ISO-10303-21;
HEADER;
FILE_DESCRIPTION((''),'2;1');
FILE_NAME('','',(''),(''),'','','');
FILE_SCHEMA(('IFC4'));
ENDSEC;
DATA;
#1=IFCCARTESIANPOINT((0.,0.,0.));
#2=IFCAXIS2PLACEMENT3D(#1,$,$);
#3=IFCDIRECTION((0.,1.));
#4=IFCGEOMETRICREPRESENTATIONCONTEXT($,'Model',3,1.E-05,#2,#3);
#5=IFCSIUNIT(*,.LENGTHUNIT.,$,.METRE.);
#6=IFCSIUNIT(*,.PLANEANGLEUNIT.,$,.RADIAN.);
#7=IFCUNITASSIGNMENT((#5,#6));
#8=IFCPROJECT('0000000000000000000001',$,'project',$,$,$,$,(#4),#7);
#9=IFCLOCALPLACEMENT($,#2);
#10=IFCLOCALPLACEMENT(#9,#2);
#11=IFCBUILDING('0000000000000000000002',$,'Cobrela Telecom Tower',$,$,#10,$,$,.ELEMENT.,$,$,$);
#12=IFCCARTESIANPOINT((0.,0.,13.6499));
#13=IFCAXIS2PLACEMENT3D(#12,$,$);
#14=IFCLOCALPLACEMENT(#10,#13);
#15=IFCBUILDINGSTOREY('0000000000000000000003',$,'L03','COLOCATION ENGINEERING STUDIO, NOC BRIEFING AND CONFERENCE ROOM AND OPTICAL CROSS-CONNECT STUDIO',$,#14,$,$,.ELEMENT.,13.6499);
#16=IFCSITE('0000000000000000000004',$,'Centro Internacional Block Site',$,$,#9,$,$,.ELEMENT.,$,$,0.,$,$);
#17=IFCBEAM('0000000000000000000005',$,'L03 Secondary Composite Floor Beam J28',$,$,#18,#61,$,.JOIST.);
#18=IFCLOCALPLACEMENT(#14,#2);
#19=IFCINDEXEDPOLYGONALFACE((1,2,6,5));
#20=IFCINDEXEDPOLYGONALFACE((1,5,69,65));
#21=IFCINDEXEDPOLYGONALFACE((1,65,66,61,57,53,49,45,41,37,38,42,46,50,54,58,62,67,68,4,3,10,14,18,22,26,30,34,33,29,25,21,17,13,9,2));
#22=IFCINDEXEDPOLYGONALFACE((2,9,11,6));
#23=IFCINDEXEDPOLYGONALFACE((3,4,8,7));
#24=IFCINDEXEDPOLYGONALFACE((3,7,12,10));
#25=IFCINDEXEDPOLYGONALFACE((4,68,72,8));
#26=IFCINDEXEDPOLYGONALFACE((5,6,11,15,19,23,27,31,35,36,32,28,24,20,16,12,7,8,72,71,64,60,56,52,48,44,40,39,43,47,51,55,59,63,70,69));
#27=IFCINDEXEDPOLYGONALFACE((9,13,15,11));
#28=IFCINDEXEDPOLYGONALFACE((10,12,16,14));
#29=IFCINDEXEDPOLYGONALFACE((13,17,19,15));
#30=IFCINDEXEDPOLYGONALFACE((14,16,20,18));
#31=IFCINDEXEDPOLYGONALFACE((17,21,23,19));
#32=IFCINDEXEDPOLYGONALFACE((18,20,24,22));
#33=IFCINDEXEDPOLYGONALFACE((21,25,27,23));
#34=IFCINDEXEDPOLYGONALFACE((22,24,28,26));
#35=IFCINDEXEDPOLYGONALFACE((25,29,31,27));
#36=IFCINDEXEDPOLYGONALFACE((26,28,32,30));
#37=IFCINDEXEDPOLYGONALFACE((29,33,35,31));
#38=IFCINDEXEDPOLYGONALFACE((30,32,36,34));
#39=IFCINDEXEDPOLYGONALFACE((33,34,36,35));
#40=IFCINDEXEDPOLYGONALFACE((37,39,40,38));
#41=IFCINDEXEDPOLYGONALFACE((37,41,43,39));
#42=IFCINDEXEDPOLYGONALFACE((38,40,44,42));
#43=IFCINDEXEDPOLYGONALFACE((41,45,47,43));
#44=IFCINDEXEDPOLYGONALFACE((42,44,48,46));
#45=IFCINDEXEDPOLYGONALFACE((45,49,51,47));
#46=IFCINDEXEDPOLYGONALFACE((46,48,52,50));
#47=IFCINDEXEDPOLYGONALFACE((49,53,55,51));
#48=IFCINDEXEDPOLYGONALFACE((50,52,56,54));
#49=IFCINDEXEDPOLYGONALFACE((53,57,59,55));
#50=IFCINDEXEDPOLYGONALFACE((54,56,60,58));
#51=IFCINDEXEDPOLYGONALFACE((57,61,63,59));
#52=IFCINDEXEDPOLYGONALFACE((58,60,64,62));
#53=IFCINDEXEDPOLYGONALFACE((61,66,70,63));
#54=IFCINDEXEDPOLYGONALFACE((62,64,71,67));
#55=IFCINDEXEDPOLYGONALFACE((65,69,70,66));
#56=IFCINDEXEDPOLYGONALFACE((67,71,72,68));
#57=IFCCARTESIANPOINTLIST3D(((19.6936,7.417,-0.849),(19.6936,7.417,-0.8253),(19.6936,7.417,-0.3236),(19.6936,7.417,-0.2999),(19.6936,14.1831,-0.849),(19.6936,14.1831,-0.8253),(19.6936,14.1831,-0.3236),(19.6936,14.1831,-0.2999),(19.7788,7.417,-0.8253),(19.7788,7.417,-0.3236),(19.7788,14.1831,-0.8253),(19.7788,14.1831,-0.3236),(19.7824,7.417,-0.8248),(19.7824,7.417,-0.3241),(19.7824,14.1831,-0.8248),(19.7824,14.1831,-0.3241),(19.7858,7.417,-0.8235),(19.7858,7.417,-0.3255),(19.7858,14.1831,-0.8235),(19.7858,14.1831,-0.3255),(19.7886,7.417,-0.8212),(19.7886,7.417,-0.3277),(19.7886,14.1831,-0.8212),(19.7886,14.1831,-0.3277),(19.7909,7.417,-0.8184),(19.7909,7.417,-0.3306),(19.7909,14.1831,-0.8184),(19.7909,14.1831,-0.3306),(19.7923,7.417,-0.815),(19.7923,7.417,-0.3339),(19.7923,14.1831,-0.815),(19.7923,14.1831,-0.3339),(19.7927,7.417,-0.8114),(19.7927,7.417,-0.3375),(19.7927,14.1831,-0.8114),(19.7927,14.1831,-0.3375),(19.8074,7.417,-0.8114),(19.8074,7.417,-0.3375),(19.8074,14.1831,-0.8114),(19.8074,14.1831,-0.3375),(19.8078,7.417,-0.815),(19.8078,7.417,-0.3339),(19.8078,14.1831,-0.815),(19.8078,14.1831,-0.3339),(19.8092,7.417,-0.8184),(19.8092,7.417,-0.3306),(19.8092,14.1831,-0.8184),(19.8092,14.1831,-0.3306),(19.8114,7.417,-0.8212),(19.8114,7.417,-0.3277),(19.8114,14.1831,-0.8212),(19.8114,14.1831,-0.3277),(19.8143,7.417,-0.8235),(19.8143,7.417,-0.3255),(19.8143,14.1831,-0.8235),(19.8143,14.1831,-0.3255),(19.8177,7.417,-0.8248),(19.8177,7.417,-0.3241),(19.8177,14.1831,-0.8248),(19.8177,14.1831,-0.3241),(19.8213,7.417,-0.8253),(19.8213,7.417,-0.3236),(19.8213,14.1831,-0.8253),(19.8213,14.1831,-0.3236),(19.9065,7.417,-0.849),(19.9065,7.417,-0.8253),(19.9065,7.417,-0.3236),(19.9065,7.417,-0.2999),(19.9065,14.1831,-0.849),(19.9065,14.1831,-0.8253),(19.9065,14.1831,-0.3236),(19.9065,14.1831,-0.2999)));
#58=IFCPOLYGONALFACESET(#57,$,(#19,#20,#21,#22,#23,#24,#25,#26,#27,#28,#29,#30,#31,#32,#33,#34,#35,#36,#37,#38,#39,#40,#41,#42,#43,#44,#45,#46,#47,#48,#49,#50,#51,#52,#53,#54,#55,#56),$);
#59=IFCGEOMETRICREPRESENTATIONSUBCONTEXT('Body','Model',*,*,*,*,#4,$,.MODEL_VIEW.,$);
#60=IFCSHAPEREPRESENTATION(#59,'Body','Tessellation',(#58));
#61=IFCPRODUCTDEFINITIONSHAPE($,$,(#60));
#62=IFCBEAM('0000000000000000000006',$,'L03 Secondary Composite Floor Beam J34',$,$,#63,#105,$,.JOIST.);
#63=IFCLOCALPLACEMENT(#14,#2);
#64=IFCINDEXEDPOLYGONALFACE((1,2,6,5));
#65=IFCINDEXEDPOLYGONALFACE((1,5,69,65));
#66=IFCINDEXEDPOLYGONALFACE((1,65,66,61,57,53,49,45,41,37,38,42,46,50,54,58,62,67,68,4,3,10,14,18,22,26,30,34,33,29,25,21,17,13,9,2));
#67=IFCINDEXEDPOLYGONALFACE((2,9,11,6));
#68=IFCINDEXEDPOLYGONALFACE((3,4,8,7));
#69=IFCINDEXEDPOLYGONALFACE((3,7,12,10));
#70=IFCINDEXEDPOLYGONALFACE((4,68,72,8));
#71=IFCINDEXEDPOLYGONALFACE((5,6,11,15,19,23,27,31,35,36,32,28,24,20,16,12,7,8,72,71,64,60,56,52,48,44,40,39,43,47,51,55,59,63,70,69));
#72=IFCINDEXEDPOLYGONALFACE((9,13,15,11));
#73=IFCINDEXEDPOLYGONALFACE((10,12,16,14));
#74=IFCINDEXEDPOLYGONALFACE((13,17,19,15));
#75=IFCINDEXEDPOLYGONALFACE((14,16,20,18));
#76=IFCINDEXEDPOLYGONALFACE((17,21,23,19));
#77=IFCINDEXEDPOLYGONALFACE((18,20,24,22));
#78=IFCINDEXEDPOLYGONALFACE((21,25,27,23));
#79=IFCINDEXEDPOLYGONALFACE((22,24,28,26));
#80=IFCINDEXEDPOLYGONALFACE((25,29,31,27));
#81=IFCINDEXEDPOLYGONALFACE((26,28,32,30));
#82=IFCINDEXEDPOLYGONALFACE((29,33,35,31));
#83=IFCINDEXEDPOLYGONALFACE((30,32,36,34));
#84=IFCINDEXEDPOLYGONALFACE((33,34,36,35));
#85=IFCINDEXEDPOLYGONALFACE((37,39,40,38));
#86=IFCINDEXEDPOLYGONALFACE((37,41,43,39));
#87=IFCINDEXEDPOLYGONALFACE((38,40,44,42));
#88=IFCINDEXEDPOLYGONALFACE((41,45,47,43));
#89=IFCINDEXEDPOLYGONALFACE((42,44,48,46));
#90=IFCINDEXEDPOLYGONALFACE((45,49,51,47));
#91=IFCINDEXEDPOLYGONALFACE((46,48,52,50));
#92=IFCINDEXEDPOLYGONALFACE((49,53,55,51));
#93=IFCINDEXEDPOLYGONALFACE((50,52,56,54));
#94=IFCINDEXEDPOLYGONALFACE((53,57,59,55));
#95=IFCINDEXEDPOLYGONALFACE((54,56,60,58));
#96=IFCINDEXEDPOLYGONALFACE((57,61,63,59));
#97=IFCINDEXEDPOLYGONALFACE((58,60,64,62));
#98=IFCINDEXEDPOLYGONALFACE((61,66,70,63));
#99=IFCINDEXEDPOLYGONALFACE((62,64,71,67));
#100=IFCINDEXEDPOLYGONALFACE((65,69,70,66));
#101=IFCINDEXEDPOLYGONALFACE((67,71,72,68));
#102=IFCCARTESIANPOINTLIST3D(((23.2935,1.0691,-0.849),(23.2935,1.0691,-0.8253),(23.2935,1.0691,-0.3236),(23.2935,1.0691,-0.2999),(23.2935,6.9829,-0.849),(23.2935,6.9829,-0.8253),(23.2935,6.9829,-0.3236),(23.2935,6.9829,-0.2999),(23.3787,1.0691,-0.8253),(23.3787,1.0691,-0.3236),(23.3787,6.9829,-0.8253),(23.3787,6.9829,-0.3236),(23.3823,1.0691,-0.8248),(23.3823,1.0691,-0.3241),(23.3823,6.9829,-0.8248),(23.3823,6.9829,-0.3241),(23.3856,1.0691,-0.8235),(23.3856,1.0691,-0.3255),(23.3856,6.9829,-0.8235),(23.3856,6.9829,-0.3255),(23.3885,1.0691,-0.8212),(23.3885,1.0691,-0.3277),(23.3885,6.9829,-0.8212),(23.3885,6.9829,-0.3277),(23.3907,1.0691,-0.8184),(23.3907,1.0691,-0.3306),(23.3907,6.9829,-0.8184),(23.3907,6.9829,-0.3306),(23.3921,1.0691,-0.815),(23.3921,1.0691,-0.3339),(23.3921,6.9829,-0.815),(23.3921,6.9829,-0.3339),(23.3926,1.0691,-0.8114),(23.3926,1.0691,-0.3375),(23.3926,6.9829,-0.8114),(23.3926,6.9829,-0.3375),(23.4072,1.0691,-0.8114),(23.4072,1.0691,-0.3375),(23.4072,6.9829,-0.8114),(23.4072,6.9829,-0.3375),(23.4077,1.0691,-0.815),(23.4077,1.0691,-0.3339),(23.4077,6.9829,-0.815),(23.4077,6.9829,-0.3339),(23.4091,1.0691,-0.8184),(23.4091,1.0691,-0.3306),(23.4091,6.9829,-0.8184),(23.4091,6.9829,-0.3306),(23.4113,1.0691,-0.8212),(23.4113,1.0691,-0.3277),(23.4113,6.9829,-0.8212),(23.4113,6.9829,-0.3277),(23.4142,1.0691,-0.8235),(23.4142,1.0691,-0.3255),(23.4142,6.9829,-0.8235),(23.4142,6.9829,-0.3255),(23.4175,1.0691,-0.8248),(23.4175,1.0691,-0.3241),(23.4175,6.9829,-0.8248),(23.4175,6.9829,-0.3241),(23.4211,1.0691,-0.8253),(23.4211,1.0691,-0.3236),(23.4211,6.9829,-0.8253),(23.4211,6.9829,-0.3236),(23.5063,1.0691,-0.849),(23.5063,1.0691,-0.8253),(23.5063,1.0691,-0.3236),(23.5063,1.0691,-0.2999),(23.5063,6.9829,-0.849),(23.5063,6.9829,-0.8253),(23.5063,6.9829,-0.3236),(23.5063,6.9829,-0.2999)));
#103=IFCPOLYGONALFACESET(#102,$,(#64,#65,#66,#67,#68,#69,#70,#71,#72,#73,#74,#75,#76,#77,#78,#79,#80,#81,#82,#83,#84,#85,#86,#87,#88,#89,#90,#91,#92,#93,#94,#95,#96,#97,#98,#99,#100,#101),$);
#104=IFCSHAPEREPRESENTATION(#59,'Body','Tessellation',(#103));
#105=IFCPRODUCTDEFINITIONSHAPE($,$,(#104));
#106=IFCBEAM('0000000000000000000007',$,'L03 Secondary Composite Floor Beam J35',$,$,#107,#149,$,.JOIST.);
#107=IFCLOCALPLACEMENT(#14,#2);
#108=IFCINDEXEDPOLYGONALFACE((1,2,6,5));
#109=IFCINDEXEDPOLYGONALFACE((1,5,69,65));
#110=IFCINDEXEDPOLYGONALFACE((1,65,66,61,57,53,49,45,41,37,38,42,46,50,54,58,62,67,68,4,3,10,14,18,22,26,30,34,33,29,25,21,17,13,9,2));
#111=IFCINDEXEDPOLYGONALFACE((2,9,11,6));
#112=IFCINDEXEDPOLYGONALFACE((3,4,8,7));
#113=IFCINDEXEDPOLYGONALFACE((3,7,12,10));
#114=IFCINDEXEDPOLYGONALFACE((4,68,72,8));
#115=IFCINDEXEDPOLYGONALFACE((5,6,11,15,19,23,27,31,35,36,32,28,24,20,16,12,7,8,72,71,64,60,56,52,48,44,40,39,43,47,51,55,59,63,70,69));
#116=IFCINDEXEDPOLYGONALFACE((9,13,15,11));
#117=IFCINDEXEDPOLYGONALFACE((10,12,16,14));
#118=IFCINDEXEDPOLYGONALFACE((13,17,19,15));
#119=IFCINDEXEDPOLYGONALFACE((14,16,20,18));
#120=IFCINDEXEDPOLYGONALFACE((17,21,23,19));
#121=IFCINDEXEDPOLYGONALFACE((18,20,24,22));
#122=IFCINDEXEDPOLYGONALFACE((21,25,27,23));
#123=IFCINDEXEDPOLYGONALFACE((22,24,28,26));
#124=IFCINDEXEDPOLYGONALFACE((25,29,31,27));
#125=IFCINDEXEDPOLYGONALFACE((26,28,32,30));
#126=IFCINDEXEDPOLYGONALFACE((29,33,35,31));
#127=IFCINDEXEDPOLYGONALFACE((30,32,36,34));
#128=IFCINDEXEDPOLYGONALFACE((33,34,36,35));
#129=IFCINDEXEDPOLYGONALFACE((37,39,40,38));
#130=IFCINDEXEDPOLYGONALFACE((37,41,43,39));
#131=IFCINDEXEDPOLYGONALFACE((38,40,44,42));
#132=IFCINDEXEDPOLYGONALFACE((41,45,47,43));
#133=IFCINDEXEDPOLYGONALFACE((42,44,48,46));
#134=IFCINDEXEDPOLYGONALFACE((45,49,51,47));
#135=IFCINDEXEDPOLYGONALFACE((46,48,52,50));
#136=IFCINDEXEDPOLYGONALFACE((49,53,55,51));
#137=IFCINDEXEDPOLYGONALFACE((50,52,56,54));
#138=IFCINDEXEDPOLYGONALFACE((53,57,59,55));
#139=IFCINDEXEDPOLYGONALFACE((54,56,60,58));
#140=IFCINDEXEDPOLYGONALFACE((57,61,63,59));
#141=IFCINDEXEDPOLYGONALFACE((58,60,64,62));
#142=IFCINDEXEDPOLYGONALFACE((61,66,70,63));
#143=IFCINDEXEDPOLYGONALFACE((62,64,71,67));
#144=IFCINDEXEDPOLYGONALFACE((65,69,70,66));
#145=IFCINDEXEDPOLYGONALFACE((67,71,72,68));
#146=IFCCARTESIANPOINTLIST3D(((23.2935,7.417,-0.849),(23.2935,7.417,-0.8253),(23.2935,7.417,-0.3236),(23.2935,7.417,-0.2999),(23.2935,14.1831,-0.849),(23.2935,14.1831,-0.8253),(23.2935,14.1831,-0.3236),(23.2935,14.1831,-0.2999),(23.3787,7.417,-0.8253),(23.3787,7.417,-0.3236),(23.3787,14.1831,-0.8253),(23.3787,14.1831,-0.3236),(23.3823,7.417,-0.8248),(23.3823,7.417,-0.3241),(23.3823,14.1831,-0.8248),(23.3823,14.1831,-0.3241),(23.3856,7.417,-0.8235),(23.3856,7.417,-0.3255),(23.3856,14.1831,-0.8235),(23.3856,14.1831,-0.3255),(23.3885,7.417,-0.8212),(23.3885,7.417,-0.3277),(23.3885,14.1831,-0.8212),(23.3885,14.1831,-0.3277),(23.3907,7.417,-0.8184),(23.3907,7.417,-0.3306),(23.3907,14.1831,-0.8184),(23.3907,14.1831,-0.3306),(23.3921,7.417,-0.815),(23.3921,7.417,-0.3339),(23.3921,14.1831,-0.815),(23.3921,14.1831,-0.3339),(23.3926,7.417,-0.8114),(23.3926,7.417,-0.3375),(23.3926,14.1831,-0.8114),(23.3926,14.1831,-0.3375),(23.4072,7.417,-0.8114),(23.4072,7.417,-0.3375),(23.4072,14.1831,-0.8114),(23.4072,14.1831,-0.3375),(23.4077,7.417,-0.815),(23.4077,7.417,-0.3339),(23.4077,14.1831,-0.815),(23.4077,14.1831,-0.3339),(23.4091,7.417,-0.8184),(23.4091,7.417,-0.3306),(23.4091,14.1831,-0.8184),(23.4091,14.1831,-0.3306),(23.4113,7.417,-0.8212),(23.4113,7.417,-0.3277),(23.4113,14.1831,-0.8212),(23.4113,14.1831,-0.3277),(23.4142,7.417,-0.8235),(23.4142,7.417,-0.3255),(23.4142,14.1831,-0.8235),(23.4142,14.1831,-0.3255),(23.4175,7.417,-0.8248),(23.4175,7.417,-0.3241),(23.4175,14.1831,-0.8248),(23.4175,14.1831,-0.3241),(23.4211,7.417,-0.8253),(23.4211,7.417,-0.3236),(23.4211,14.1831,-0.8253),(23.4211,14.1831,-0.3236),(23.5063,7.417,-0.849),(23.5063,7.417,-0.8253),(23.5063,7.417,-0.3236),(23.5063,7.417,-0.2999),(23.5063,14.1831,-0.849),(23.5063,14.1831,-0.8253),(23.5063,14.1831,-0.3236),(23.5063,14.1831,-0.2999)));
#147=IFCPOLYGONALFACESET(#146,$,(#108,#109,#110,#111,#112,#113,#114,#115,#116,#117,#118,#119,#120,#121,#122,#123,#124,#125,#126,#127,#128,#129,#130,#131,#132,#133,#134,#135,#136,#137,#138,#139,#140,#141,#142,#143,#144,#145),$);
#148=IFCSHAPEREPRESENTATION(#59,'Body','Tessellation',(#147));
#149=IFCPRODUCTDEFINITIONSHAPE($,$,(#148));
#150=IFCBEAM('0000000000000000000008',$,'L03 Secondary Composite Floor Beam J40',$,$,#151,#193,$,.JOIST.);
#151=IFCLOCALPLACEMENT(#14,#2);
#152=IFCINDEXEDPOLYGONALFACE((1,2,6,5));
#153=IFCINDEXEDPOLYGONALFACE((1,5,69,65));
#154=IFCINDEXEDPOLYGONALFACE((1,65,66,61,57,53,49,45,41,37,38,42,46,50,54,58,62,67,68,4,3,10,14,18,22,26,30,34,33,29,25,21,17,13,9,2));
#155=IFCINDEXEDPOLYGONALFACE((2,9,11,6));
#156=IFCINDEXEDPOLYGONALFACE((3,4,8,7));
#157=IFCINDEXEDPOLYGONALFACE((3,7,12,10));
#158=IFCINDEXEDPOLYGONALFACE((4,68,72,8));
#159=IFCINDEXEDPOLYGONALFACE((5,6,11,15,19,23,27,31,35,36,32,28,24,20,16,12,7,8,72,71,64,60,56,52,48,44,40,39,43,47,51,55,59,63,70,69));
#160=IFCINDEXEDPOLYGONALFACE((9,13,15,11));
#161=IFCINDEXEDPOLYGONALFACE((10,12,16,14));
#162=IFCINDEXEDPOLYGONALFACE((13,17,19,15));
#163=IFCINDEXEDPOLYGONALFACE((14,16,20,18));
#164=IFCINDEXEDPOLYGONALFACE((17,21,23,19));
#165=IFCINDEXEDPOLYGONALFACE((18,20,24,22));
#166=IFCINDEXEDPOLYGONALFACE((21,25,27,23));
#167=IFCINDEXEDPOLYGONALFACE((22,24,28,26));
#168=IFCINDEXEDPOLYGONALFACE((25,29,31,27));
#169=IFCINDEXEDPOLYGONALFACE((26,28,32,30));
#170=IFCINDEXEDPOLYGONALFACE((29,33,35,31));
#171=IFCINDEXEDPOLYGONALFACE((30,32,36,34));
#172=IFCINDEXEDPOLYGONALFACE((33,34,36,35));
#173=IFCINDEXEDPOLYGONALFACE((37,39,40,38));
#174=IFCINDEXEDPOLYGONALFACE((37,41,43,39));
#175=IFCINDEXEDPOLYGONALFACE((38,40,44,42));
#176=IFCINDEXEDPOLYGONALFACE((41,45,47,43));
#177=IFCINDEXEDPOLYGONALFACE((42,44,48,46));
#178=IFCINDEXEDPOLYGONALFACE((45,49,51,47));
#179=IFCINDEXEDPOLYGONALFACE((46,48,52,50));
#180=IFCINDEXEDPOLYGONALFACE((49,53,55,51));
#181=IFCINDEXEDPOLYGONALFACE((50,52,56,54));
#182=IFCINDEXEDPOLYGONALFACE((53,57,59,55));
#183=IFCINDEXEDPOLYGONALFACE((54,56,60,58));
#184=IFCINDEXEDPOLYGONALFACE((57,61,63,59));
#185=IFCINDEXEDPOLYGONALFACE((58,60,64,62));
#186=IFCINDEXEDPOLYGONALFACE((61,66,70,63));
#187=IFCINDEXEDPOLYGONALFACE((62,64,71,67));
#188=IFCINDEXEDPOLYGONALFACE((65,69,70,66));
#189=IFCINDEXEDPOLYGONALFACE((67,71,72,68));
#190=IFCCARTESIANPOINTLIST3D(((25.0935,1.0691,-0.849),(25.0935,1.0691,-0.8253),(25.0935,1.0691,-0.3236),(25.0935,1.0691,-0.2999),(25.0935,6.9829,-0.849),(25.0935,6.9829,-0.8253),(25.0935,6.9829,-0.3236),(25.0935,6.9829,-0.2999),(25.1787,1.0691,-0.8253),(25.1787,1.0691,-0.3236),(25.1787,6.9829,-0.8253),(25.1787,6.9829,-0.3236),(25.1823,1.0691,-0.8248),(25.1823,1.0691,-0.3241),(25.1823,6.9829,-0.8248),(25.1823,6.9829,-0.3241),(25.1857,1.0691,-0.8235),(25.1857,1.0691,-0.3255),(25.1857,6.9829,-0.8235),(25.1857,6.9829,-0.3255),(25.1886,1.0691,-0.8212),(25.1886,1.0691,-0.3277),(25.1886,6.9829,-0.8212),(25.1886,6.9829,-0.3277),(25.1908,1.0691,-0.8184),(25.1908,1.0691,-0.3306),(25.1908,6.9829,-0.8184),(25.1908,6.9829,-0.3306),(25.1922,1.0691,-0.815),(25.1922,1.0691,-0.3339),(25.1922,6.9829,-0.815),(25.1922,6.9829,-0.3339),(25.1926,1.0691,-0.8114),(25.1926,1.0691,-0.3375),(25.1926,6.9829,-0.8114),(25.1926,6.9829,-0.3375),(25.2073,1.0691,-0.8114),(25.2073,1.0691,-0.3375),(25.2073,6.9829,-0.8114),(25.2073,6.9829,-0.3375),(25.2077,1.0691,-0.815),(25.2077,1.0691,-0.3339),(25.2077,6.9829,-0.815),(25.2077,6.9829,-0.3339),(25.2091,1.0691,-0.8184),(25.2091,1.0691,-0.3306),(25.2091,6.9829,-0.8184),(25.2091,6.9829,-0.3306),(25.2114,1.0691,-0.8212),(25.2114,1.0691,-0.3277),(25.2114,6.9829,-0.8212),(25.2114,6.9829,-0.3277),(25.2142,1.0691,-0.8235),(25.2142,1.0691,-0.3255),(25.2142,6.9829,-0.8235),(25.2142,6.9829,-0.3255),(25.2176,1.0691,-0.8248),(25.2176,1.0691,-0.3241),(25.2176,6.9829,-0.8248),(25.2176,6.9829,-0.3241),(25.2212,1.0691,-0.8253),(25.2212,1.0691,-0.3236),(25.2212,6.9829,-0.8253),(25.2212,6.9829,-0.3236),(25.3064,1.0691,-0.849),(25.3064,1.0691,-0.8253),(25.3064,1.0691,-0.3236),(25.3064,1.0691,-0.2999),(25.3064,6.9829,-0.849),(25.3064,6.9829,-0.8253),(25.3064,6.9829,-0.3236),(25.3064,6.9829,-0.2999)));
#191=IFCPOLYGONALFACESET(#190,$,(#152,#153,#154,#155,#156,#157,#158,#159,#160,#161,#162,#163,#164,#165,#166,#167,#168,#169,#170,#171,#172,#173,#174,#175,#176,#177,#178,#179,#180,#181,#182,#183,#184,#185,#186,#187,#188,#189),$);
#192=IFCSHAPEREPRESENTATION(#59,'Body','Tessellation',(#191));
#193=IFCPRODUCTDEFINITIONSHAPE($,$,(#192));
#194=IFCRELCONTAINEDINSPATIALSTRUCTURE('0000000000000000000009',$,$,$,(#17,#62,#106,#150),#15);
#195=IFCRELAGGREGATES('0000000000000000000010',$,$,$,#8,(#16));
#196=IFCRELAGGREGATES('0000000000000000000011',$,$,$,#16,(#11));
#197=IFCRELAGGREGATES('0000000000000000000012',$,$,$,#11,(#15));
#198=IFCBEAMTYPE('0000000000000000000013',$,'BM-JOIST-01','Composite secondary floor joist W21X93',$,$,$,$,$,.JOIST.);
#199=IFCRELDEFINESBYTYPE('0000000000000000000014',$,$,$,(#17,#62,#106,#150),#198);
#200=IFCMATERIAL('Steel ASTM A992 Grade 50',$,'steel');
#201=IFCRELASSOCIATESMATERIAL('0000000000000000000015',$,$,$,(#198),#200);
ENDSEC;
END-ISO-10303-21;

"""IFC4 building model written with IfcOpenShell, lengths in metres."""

from ifc_helpers import new_model, si_unit, direction, frame, origin, origin_2d, place, context, subcontext, project, spatial, i_section, extrude, material, material_profile, profile_set, type_object, element, save


model = new_model("IFC4")

# Units and contexts
model_context = context("Model", 3, precision=1e-05, world=origin(), true_north=direction((0.0, 1.0)))
body_context = subcontext(model_context, "Body", "Model", "MODEL_VIEW")
ifc_project = project(units=[si_unit("LENGTHUNIT", "METRE"), si_unit("PLANEANGLEUNIT", "RADIAN")], contexts=[model_context])

# Site, building, storey
site_placement = place(None, origin())
site = spatial("IfcSite", under=ifc_project, at=site_placement, Name="Centro Internacional Block Site", CompositionType="ELEMENT", RefElevation=0.0)
building_placement = place(site_placement, origin())
building = spatial("IfcBuilding", under=site, at=building_placement, Name="Cobrela Telecom Tower", CompositionType="ELEMENT")
storey_placement = place(building_placement, frame((0.0, 0.0, 13.6499)))
storey = spatial("IfcBuildingStorey", under=building, at=storey_placement, Name="L03", Description="COLOCATION ENGINEERING STUDIO, NOC BRIEFING AND CONFERENCE ROOM AND OPTICAL CROSS-CONNECT STUDIO", CompositionType="ELEMENT", Elevation=13.6499)

# Beams
ifc_material_1 = material(Name="Steel ASTM A992 Grade 50", Category="steel")
ifc_material_profile_1 = material_profile(ifc_material_1, i_section(OverallWidth=0.2129, OverallDepth=0.5491, WebThickness=0.0146, FlangeThickness=0.0237, FilletRadius=0.0139, at=origin_2d()), Name="W21X93")
ifc_profile_set_1 = profile_set([ifc_material_profile_1], Name="Steel ASTM A992 Grade 50")
beam_type_1 = type_object("IfcBeamType", Name="BM-JOIST-01", Description="Composite secondary floor joist W21X93", PredefinedType="JOIST", material=ifc_profile_set_1)
beam_1_placement = place(storey_placement, frame((19.8, 7.417, -0.5745), z_axis=(0.0, 1.0, 0.0), x_axis=(-1.0, 0.0, 0.0)))
element("IfcBeam", 1, at=beam_1_placement, inside=storey, type_object=beam_type_1, Name="L03 Secondary Composite Floor Beam J28", PredefinedType="JOIST", context=body_context, shape_type="SweptSolid", body=[
    extrude(i_section(OverallWidth=0.2129, OverallDepth=0.5491, WebThickness=0.0146, FlangeThickness=0.0237, FilletRadius=0.0139, at=origin_2d()), origin(), (0.0, 0.0, 1.0), 6.7661),
])
beam_2_placement = place(storey_placement, frame((23.3999, 1.0691, -0.5745), z_axis=(0.0, 1.0, 0.0), x_axis=(-1.0, 0.0, 0.0)))
element("IfcBeam", 2, at=beam_2_placement, inside=storey, type_object=beam_type_1, Name="L03 Secondary Composite Floor Beam J34", PredefinedType="JOIST", context=body_context, shape_type="SweptSolid", body=[
    extrude(i_section(OverallWidth=0.2129, OverallDepth=0.5491, WebThickness=0.0146, FlangeThickness=0.0237, FilletRadius=0.0139, at=origin_2d()), origin(), (0.0, 0.0, 1.0), 5.9138),
])
beam_3_placement = place(storey_placement, frame((23.3999, 7.417, -0.5745), z_axis=(0.0, 1.0, 0.0), x_axis=(-1.0, 0.0, 0.0)))
element("IfcBeam", 3, at=beam_3_placement, inside=storey, type_object=beam_type_1, Name="L03 Secondary Composite Floor Beam J35", PredefinedType="JOIST", context=body_context, shape_type="SweptSolid", body=[
    extrude(i_section(OverallWidth=0.2129, OverallDepth=0.5491, WebThickness=0.0146, FlangeThickness=0.0237, FilletRadius=0.0139, at=origin_2d()), origin(), (0.0, 0.0, 1.0), 6.7661),
])
beam_4_placement = place(storey_placement, frame((25.2, 1.0691, -0.5745), z_axis=(0.0, 1.0, 0.0), x_axis=(-1.0, 0.0, 0.0)))
element("IfcBeam", 4, at=beam_4_placement, inside=storey, type_object=beam_type_1, Name="L03 Secondary Composite Floor Beam J40", PredefinedType="JOIST", context=body_context, shape_type="SweptSolid", body=[
    extrude(i_section(OverallWidth=0.2129, OverallDepth=0.5491, WebThickness=0.0146, FlangeThickness=0.0237, FilletRadius=0.0139, at=origin_2d()), origin(), (0.0, 0.0, 1.0), 5.9138),
])

save(model, "model.ifc")
